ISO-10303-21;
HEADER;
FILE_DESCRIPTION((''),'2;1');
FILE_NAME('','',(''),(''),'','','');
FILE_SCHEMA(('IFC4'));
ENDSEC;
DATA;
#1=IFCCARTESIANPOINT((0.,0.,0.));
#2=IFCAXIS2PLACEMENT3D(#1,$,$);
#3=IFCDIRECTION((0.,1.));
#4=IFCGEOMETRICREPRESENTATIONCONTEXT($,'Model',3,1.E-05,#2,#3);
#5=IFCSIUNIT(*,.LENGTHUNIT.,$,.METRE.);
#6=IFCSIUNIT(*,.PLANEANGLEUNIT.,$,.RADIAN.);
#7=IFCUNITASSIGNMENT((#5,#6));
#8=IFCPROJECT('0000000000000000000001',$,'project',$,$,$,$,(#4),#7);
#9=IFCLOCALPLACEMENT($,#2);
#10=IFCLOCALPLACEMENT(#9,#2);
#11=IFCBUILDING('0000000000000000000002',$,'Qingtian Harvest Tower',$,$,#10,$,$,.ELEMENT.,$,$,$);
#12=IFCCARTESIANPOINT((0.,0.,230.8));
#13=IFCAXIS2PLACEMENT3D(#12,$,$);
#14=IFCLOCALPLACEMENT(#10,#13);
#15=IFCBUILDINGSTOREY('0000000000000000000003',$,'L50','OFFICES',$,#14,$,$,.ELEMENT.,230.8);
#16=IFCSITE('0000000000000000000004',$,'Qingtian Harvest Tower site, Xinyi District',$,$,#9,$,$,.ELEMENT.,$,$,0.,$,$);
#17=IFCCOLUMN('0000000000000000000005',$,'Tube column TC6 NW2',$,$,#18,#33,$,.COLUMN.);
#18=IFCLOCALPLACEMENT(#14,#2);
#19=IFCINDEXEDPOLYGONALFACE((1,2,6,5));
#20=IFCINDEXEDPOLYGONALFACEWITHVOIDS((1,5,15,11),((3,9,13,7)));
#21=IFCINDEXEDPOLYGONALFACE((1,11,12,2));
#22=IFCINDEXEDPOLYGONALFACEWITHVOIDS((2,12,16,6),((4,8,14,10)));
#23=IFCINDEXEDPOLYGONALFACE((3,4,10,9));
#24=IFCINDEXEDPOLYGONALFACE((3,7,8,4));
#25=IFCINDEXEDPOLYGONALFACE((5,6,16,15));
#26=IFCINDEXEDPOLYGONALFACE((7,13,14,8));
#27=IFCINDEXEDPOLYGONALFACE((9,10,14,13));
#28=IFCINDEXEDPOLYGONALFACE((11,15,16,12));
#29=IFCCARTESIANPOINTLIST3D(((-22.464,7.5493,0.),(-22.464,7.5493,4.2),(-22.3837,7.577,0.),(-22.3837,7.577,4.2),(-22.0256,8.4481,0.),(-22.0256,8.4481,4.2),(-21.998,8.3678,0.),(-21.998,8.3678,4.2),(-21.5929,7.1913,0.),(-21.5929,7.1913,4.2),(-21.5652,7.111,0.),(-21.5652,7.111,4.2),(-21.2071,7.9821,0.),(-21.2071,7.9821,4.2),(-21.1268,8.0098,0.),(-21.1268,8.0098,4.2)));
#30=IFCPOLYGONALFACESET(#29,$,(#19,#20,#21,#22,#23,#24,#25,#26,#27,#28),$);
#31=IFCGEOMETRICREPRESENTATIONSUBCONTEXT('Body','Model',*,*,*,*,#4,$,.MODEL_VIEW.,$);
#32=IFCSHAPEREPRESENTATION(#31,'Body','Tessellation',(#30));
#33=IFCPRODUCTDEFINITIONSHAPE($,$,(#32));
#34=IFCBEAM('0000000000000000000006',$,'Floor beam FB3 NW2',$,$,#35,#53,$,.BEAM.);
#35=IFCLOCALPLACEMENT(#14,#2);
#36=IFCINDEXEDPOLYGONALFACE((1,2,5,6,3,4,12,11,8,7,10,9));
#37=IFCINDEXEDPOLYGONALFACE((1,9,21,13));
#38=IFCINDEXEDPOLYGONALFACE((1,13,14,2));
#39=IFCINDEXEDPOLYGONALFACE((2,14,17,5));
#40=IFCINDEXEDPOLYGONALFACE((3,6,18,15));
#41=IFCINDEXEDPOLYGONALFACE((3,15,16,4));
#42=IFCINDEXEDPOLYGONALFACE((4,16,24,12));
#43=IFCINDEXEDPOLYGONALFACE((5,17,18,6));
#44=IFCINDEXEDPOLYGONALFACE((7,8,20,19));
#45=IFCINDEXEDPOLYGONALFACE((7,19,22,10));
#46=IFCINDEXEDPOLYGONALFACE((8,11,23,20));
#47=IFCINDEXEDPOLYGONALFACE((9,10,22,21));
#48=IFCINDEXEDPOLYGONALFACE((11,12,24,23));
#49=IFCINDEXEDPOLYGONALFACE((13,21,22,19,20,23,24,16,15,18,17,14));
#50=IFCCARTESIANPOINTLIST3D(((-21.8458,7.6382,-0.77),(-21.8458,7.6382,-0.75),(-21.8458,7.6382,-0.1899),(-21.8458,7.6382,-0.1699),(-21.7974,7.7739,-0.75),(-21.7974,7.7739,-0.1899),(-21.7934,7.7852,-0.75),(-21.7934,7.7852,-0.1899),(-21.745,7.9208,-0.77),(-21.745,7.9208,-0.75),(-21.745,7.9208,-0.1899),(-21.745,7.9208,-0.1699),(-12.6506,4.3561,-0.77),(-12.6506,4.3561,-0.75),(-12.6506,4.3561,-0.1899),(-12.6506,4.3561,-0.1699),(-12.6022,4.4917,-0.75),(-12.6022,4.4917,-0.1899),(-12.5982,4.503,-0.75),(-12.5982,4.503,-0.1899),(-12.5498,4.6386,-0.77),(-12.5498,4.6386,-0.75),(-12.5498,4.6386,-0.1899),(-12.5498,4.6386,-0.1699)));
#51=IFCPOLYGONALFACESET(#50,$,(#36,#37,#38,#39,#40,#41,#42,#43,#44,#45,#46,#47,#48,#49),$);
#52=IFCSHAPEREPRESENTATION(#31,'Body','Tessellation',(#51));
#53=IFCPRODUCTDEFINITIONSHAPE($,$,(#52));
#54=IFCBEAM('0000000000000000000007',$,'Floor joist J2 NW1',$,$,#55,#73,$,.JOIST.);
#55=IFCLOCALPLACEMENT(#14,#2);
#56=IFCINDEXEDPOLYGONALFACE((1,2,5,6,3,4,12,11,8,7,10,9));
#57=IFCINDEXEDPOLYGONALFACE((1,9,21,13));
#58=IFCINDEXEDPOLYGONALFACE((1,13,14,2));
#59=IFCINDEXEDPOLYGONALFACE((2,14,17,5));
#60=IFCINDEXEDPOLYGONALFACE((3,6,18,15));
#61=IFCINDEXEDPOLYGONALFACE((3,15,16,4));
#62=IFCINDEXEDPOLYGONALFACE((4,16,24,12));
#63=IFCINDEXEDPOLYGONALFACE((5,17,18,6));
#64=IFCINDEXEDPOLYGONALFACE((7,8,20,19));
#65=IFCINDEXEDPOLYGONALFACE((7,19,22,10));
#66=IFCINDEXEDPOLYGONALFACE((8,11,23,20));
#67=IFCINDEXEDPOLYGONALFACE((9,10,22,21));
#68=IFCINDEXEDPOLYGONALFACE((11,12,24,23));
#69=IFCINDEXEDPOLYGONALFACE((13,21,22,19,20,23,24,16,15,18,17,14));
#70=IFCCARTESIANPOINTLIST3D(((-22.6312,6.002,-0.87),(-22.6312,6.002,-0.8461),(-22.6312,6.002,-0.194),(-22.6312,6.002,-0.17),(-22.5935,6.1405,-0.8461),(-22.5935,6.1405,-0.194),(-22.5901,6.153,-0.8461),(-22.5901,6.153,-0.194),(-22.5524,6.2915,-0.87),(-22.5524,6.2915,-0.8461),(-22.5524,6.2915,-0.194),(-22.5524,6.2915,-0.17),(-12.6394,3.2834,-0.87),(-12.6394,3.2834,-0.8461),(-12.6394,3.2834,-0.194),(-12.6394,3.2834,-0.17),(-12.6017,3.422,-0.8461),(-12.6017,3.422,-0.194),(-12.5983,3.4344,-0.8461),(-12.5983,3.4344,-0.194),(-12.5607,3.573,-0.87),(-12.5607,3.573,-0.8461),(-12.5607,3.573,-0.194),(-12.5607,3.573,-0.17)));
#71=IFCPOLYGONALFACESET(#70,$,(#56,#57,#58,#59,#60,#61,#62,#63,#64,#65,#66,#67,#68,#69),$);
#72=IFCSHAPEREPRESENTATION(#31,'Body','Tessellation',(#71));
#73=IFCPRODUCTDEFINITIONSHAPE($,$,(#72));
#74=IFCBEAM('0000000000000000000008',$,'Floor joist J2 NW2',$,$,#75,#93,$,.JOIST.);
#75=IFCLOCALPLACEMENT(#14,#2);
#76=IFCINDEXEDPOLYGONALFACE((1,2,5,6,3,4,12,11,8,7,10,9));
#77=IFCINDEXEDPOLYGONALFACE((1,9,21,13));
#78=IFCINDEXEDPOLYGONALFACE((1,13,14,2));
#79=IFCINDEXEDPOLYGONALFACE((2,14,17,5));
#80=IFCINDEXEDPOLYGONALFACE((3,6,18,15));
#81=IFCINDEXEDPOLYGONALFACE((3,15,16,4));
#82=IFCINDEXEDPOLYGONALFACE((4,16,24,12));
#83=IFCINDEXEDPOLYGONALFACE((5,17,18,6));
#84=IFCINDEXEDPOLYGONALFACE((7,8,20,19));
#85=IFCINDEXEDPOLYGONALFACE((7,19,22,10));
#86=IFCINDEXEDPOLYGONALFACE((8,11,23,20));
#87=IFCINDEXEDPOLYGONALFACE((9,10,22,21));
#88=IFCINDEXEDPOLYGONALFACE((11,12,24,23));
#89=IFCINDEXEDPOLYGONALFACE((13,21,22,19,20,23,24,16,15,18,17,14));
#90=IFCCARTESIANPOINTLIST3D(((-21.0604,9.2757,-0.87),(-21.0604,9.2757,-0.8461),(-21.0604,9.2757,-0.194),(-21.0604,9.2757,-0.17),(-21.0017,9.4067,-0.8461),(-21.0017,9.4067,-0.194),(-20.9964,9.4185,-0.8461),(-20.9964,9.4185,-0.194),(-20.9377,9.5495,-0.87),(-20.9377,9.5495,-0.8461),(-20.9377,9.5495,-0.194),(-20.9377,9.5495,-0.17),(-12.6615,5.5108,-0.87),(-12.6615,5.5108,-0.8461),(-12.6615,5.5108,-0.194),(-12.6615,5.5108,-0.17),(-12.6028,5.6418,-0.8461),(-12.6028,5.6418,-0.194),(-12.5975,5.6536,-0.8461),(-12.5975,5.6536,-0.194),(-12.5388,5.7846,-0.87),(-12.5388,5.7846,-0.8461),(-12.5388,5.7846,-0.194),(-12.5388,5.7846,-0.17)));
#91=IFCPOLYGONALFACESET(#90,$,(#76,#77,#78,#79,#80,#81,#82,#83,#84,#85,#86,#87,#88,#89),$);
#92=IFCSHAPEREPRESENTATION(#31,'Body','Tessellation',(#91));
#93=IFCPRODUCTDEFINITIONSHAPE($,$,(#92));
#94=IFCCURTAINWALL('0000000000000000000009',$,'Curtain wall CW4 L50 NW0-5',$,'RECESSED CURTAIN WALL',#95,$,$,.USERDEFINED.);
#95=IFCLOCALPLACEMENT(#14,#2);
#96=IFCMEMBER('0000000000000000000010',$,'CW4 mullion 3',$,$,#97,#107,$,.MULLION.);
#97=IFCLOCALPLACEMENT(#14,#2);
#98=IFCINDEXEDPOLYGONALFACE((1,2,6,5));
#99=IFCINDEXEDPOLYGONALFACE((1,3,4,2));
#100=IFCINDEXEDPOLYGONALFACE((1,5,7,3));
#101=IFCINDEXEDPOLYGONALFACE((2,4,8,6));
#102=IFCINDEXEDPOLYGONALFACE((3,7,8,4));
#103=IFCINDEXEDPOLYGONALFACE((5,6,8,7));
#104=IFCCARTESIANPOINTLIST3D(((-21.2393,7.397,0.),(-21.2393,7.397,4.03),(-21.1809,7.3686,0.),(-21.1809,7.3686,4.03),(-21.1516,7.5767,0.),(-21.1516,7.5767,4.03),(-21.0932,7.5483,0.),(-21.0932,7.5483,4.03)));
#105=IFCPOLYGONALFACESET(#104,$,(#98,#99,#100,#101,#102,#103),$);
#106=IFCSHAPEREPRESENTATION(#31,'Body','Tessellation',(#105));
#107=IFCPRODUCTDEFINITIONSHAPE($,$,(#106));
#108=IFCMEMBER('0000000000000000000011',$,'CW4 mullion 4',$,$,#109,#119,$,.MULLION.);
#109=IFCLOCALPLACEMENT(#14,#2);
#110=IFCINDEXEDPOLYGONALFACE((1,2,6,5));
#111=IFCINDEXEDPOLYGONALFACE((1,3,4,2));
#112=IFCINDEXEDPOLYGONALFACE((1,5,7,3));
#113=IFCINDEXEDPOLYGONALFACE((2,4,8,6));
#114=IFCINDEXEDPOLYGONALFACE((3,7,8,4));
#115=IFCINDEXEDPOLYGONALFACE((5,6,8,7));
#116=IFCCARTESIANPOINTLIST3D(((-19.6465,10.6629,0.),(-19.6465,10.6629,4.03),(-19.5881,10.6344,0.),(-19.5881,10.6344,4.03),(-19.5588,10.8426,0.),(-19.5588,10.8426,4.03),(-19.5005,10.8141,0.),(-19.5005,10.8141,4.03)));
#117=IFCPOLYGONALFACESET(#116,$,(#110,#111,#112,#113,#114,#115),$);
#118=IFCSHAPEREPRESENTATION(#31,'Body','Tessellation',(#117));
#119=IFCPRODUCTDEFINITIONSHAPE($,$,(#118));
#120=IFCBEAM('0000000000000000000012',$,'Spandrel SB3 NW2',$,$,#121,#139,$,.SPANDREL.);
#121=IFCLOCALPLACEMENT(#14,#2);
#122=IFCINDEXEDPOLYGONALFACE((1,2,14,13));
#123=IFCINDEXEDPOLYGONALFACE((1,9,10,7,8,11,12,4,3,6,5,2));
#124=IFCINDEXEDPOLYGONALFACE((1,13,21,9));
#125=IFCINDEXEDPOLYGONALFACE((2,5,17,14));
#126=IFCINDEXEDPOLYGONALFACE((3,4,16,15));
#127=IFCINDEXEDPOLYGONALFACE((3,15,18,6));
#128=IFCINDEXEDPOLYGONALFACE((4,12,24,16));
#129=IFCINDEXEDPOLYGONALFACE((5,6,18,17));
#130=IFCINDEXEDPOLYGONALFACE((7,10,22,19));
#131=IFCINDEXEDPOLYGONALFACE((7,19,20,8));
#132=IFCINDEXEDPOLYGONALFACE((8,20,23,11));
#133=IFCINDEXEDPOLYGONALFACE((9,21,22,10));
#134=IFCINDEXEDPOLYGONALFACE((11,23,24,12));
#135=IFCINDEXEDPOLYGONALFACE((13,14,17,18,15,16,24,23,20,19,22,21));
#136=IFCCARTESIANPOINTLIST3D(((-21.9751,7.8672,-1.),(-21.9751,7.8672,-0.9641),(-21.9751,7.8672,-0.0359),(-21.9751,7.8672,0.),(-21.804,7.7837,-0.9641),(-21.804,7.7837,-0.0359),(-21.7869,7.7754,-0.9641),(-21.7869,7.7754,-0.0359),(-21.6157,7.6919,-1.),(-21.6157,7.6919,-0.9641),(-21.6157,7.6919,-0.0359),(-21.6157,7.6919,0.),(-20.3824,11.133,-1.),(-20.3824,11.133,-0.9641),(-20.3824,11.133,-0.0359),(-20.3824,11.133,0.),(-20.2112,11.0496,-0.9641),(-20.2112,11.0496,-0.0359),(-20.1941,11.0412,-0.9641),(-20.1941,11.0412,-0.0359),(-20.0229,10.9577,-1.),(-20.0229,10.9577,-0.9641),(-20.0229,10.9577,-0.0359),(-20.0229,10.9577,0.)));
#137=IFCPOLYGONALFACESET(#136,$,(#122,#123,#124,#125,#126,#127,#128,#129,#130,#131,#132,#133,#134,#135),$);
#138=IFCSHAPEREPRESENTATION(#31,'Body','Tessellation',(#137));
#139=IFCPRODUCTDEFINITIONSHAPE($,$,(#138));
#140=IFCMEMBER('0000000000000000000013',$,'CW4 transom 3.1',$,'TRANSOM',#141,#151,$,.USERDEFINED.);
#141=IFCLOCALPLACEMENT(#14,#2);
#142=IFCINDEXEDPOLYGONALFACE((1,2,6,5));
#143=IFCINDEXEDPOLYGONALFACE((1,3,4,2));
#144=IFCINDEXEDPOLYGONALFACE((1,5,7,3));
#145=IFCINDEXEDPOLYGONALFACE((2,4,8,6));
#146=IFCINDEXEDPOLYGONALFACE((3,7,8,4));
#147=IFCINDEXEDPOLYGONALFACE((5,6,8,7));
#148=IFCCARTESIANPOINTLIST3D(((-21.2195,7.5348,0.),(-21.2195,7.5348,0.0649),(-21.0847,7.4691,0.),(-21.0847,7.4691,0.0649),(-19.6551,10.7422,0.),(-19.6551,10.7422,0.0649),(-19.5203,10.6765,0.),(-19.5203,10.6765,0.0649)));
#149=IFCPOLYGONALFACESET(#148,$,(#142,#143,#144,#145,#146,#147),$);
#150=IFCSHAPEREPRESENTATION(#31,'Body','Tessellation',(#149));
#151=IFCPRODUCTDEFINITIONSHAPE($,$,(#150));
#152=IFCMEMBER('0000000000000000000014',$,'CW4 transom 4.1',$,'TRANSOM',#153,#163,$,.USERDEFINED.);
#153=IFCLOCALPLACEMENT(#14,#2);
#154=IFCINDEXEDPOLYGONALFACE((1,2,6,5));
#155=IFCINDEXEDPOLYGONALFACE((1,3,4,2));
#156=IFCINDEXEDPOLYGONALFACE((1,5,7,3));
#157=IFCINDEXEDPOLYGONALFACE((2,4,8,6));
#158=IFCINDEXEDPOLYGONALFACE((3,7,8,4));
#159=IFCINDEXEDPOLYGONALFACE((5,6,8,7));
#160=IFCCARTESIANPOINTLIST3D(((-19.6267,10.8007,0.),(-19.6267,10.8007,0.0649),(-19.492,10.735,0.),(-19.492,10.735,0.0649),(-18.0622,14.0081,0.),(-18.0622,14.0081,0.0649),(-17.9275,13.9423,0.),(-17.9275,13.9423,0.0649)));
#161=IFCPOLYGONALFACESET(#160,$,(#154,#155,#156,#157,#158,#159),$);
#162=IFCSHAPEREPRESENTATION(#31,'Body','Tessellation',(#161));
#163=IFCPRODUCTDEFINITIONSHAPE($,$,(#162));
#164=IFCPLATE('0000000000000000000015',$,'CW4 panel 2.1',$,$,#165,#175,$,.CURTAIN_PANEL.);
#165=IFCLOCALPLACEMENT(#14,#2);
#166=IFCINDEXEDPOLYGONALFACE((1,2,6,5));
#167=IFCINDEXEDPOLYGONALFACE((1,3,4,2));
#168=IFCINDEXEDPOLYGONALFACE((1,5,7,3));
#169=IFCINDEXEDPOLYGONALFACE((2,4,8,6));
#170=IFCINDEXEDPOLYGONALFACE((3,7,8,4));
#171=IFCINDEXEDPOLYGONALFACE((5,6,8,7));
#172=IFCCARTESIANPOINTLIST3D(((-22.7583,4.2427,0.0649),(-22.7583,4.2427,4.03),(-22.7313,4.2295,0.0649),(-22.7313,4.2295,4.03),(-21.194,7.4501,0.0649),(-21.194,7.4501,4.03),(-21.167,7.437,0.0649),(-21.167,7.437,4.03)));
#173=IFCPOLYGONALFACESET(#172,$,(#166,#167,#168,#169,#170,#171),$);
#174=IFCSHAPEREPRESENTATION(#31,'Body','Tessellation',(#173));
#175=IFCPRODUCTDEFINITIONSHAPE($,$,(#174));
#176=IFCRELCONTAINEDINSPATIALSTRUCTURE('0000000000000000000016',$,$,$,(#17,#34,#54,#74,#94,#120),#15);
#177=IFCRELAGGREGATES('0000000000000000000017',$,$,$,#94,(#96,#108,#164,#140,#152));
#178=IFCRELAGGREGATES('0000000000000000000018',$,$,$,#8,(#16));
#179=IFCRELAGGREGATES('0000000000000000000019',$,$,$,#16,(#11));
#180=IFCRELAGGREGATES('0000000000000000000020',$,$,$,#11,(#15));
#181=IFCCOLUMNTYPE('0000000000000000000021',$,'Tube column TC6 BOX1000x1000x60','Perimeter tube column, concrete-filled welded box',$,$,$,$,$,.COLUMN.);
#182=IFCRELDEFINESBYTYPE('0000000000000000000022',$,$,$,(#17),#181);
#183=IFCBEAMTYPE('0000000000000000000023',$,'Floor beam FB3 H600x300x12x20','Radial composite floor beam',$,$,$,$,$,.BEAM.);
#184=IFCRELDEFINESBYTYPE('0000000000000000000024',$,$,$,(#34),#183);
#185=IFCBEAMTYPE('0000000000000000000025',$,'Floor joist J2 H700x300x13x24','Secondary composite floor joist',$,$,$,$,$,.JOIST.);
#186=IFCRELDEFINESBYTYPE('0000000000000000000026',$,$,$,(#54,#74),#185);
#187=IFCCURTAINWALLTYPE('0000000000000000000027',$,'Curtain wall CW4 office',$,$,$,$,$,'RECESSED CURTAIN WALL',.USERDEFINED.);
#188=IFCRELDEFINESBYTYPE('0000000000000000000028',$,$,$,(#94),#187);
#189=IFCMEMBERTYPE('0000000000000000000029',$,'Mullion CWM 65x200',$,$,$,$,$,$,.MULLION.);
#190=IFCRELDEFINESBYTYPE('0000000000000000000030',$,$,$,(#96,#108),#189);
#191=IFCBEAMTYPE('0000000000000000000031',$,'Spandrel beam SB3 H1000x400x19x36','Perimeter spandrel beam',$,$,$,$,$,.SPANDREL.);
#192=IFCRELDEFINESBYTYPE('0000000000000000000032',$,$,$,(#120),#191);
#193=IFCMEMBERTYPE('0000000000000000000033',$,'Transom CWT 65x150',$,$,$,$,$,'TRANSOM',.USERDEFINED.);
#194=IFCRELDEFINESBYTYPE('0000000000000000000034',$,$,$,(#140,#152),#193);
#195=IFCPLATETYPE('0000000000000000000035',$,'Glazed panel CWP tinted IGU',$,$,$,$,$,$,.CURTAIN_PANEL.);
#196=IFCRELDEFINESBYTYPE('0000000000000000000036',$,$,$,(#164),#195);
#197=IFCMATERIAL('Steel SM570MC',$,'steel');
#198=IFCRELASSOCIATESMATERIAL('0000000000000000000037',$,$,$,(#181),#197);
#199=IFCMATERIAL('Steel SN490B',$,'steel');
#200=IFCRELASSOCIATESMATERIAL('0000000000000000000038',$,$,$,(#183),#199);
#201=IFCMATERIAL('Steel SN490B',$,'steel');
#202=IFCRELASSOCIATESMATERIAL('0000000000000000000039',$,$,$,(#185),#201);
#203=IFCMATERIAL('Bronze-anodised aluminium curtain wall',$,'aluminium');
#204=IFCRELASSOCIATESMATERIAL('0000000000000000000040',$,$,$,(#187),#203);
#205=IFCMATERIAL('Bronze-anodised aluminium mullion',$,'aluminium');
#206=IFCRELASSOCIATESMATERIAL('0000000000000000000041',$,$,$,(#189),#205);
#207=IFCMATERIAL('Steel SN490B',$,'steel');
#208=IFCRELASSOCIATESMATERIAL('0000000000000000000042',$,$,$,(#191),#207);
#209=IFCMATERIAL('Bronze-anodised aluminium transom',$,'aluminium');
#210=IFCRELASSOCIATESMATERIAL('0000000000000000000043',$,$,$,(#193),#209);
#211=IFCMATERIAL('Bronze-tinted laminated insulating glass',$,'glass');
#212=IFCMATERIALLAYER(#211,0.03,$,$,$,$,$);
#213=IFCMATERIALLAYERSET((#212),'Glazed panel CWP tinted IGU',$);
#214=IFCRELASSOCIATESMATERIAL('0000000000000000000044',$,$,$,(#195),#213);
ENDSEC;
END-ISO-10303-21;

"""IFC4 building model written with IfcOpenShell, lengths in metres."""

from ifc_helpers import new_model, si_unit, direction, frame, origin, origin_2d, place, context, subcontext, project, spatial, rectangle, hollow_rectangle, i_section, extrude, material, layer, layer_set, material_profile, profile_set, type_object, element, aggregate, save


model = new_model("IFC4")

# Units and contexts
model_context = context("Model", 3, precision=1e-05, world=origin(), true_north=direction((0.0, 1.0)))
body_context = subcontext(model_context, "Body", "Model", "MODEL_VIEW")
ifc_project = project(units=[si_unit("LENGTHUNIT", "METRE"), si_unit("PLANEANGLEUNIT", "RADIAN")], contexts=[model_context])

# Site, building, storey
site_placement = place(None, origin())
site = spatial("IfcSite", under=ifc_project, at=site_placement, Name="Qingtian Harvest Tower site, Xinyi District", CompositionType="ELEMENT", RefElevation=0.0)
building_placement = place(site_placement, origin())
building = spatial("IfcBuilding", under=site, at=building_placement, Name="Qingtian Harvest Tower", CompositionType="ELEMENT")
storey_placement = place(building_placement, frame((0.0, 0.0, 230.8)))
storey = spatial("IfcBuildingStorey", under=building, at=storey_placement, Name="L50", Description="OFFICES", CompositionType="ELEMENT", Elevation=230.8)

# Column
ifc_material_1 = material(Name="Steel SM570MC", Category="steel")
ifc_material_profile_1 = material_profile(ifc_material_1, hollow_rectangle(XDim=1.0, YDim=1.0, WallThickness=0.0601, at=origin_2d()), Name="BOX1000x1000x60")
ifc_profile_set_1 = profile_set([ifc_material_profile_1], Name="Steel SM570MC")
column_type = type_object("IfcColumnType", Name="Tube column TC6 BOX1000x1000x60", Description="Perimeter tube column, concrete-filled welded box", PredefinedType="COLUMN", material=ifc_profile_set_1)
column_placement = place(storey_placement, frame((-21.7954, 7.7795, 0.0), z_axis=(0.0, 0.0, 1.0), x_axis=(-0.438371, -0.898794, 0.0)))
element("IfcColumn", 1, at=column_placement, inside=storey, type_object=column_type, Name="Tube column TC6 NW2", PredefinedType="COLUMN", context=body_context, shape_type="SweptSolid", body=[
    extrude(hollow_rectangle(XDim=1.0, YDim=1.0, WallThickness=0.0601, at=origin_2d()), origin(), (0.0, 0.0, 1.0), 4.2),
])

# Beams
ifc_material_2 = material(Name="Steel SN490B", Category="steel")
ifc_material_profile_2 = material_profile(ifc_material_2, i_section(OverallWidth=0.3, OverallDepth=0.6001, WebThickness=0.012, FlangeThickness=0.02, at=origin_2d()), Name="H600x300x12x20")
ifc_profile_set_2 = profile_set([ifc_material_profile_2], Name="Steel SN490B")
beam_type_1 = type_object("IfcBeamType", Name="Floor beam FB3 H600x300x12x20", Description="Radial composite floor beam", PredefinedType="BEAM", material=ifc_profile_set_2)
beam_1_placement = place(storey_placement, frame((-21.7954, 7.7795, -0.47), z_axis=(0.941801, -0.336172, 0.0), x_axis=(0.336172, 0.941801, 0.0)))
element("IfcBeam", 2, at=beam_1_placement, inside=storey, type_object=beam_type_1, Name="Floor beam FB3 NW2", PredefinedType="BEAM", context=body_context, shape_type="SweptSolid", body=[
    extrude(i_section(OverallWidth=0.3, OverallDepth=0.6001, WebThickness=0.012, FlangeThickness=0.02, at=origin_2d()), origin(), (0.0, 0.0, 1.0), 9.7634),
])
ifc_material_3 = material(Name="Steel SN490B", Category="steel")
ifc_material_profile_3 = material_profile(ifc_material_3, i_section(OverallWidth=0.3, OverallDepth=0.7, WebThickness=0.0129, FlangeThickness=0.0239, at=origin_2d()), Name="H700x300x13x24")
ifc_profile_set_3 = profile_set([ifc_material_profile_3], Name="Steel SN490B")
beam_type_2 = type_object("IfcBeamType", Name="Floor joist J2 H700x300x13x24", Description="Secondary composite floor joist", PredefinedType="JOIST", material=ifc_profile_set_3)
beam_2_placement = place(storey_placement, frame((-22.5918, 6.1467, -0.52), z_axis=(0.964923, -0.262533, 0.0), x_axis=(0.262533, 0.964923, 0.0)))
element("IfcBeam", 3, at=beam_2_placement, inside=storey, type_object=beam_type_2, Name="Floor joist J2 NW1", PredefinedType="JOIST", context=body_context, shape_type="SweptSolid", body=[
    extrude(i_section(OverallWidth=0.3, OverallDepth=0.7, WebThickness=0.0129, FlangeThickness=0.0239, at=origin_2d()), origin(), (0.0, 0.0, 1.0), 10.355),
])
beam_3_placement = place(storey_placement, frame((-20.999, 9.4126, -0.52), z_axis=(0.912515, -0.409043, 0.0), x_axis=(0.409043, 0.912515, 0.0)))
element("IfcBeam", 4, at=beam_3_placement, inside=storey, type_object=beam_type_2, Name="Floor joist J2 NW2", PredefinedType="JOIST", context=body_context, shape_type="SweptSolid", body=[
    extrude(i_section(OverallWidth=0.3, OverallDepth=0.7, WebThickness=0.0129, FlangeThickness=0.0239, at=origin_2d()), origin(), (0.0, 0.0, 1.0), 9.2041),
])

# Curtain wall, members
ifc_material_4 = material(Name="Bronze-anodised aluminium curtain wall", Category="aluminium")
curtain_wall_type = type_object("IfcCurtainWallType", Name="Curtain wall CW4 office", ElementType="RECESSED CURTAIN WALL", PredefinedType="USERDEFINED", material=ifc_material_4)
curtain_wall_placement = place(storey_placement, origin())
curtain_wall = element("IfcCurtainWall", 5, at=curtain_wall_placement, inside=storey, type_object=curtain_wall_type, Name="Curtain wall CW4 L50 NW0-5", ObjectType="RECESSED CURTAIN WALL", PredefinedType="USERDEFINED")
ifc_material_5 = material(Name="Bronze-anodised aluminium mullion", Category="aluminium")
ifc_material_profile_4 = material_profile(ifc_material_5, rectangle(XDim=0.0649, YDim=0.2, at=origin_2d()), Name="AL 65x200")
ifc_profile_set_4 = profile_set([ifc_material_profile_4], Name="Bronze-anodised aluminium mullion")
member_type_1 = type_object("IfcMemberType", Name="Mullion CWM 65x200", PredefinedType="MULLION", material=ifc_profile_set_4)
member_1_placement = place(storey_placement, frame((-21.1663, 7.4727, 0.0), z_axis=(0.0, 0.0, 1.0), x_axis=(-0.898794, 0.438371, 0.0)))
member_1 = element("IfcMember", 6, at=member_1_placement, type_object=member_type_1, Name="CW4 mullion 3", PredefinedType="MULLION", context=body_context, shape_type="SweptSolid", body=[
    extrude(rectangle(XDim=0.0649, YDim=0.2, at=origin_2d()), origin(), (0.0, 0.0, 1.0), 4.03),
])
member_2_placement = place(storey_placement, frame((-19.5735, 10.7385, 0.0), z_axis=(0.0, 0.0, 1.0), x_axis=(-0.898794, 0.438371, 0.0)))
member_2 = element("IfcMember", 7, at=member_2_placement, type_object=member_type_1, Name="CW4 mullion 4", PredefinedType="MULLION", context=body_context, shape_type="SweptSolid", body=[
    extrude(rectangle(XDim=0.0649, YDim=0.2, at=origin_2d()), origin(), (0.0, 0.0, 1.0), 4.03),
])

# Beam
ifc_material_6 = material(Name="Steel SN490B", Category="steel")
ifc_material_profile_5 = material_profile(ifc_material_6, i_section(OverallWidth=0.3999, OverallDepth=1.0, WebThickness=0.019, FlangeThickness=0.0359, at=origin_2d()), Name="H1000x400x19x36")
ifc_profile_set_5 = profile_set([ifc_material_profile_5], Name="Steel SN490B")
beam_type_3 = type_object("IfcBeamType", Name="Spandrel beam SB3 H1000x400x19x36", Description="Perimeter spandrel beam", PredefinedType="SPANDREL", material=ifc_profile_set_5)
beam_4_placement = place(storey_placement, frame((-21.7954, 7.7795, -0.5), z_axis=(0.438349, 0.898805, 0.0), x_axis=(-0.898805, 0.438349, 0.0)))
element("IfcBeam", 8, at=beam_4_placement, inside=storey, type_object=beam_type_3, Name="Spandrel SB3 NW2", PredefinedType="SPANDREL", context=body_context, shape_type="SweptSolid", body=[
    extrude(i_section(OverallWidth=0.3999, OverallDepth=1.0, WebThickness=0.019, FlangeThickness=0.0359, at=origin_2d()), origin(), (0.0, 0.0, 1.0), 3.6335),
])

# Members
ifc_material_7 = material(Name="Bronze-anodised aluminium transom", Category="aluminium")
ifc_material_profile_6 = material_profile(ifc_material_7, rectangle(XDim=0.1499, YDim=0.0649, at=origin_2d()), Name="AL 65x150")
ifc_profile_set_6 = profile_set([ifc_material_profile_6], Name="Bronze-anodised aluminium transom")
member_type_2 = type_object("IfcMemberType", Name="Transom CWT 65x150", ElementType="TRANSOM", PredefinedType="USERDEFINED", material=ifc_profile_set_6)
member_3_placement = place(storey_placement, frame((-21.1521, 7.502, 0.0325), z_axis=(0.438381, 0.898789, 0.0), x_axis=(-0.898789, 0.438381, 0.0)))
member_3 = element("IfcMember", 9, at=member_3_placement, type_object=member_type_2, Name="CW4 transom 3.1", ObjectType="TRANSOM", PredefinedType="USERDEFINED", context=body_context, shape_type="SweptSolid", body=[
    extrude(rectangle(XDim=0.1499, YDim=0.0649, at=origin_2d()), origin(), (0.0, 0.0, 1.0), 3.5686),
])
member_4_placement = place(storey_placement, frame((-19.5593, 10.7678, 0.0325), z_axis=(0.438407, 0.898776, 0.0), x_axis=(-0.898776, 0.438407, 0.0)))
member_4 = element("IfcMember", 10, at=member_4_placement, type_object=member_type_2, Name="CW4 transom 4.1", ObjectType="TRANSOM", PredefinedType="USERDEFINED", context=body_context, shape_type="SweptSolid", body=[
    extrude(rectangle(XDim=0.1499, YDim=0.0649, at=origin_2d()), origin(), (0.0, 0.0, 1.0), 3.5686),
])

# Plate
ifc_material_8 = material(Name="Bronze-tinted laminated insulating glass", Category="glass")
ifc_layer_1 = layer(ifc_material_8, 0.03)
ifc_layer_set_1 = layer_set([ifc_layer_1], Name="Glazed panel CWP tinted IGU")
plate_type = type_object("IfcPlateType", Name="Glazed panel CWP tinted IGU", PredefinedType="CURTAIN_PANEL", material=ifc_layer_set_1)
plate_1_placement = place(storey_placement, frame((-21.9626, 5.8398, 0.0649), z_axis=(0.0, 0.0, 1.0), x_axis=(0.438371, 0.898794, 0.0)))
plate_1 = element("IfcPlate", 11, at=plate_1_placement, type_object=plate_type, Name="CW4 panel 2.1", PredefinedType="CURTAIN_PANEL", context=body_context, shape_type="SweptSolid", body=[
    extrude(rectangle(XDim=3.5686, YDim=0.03, at=origin_2d()), origin(), (0.0, 0.0, 1.0), 3.9651),
])
aggregate(curtain_wall, [member_1, member_2, plate_1, member_3, member_4])

save(model, "model.ifc")
